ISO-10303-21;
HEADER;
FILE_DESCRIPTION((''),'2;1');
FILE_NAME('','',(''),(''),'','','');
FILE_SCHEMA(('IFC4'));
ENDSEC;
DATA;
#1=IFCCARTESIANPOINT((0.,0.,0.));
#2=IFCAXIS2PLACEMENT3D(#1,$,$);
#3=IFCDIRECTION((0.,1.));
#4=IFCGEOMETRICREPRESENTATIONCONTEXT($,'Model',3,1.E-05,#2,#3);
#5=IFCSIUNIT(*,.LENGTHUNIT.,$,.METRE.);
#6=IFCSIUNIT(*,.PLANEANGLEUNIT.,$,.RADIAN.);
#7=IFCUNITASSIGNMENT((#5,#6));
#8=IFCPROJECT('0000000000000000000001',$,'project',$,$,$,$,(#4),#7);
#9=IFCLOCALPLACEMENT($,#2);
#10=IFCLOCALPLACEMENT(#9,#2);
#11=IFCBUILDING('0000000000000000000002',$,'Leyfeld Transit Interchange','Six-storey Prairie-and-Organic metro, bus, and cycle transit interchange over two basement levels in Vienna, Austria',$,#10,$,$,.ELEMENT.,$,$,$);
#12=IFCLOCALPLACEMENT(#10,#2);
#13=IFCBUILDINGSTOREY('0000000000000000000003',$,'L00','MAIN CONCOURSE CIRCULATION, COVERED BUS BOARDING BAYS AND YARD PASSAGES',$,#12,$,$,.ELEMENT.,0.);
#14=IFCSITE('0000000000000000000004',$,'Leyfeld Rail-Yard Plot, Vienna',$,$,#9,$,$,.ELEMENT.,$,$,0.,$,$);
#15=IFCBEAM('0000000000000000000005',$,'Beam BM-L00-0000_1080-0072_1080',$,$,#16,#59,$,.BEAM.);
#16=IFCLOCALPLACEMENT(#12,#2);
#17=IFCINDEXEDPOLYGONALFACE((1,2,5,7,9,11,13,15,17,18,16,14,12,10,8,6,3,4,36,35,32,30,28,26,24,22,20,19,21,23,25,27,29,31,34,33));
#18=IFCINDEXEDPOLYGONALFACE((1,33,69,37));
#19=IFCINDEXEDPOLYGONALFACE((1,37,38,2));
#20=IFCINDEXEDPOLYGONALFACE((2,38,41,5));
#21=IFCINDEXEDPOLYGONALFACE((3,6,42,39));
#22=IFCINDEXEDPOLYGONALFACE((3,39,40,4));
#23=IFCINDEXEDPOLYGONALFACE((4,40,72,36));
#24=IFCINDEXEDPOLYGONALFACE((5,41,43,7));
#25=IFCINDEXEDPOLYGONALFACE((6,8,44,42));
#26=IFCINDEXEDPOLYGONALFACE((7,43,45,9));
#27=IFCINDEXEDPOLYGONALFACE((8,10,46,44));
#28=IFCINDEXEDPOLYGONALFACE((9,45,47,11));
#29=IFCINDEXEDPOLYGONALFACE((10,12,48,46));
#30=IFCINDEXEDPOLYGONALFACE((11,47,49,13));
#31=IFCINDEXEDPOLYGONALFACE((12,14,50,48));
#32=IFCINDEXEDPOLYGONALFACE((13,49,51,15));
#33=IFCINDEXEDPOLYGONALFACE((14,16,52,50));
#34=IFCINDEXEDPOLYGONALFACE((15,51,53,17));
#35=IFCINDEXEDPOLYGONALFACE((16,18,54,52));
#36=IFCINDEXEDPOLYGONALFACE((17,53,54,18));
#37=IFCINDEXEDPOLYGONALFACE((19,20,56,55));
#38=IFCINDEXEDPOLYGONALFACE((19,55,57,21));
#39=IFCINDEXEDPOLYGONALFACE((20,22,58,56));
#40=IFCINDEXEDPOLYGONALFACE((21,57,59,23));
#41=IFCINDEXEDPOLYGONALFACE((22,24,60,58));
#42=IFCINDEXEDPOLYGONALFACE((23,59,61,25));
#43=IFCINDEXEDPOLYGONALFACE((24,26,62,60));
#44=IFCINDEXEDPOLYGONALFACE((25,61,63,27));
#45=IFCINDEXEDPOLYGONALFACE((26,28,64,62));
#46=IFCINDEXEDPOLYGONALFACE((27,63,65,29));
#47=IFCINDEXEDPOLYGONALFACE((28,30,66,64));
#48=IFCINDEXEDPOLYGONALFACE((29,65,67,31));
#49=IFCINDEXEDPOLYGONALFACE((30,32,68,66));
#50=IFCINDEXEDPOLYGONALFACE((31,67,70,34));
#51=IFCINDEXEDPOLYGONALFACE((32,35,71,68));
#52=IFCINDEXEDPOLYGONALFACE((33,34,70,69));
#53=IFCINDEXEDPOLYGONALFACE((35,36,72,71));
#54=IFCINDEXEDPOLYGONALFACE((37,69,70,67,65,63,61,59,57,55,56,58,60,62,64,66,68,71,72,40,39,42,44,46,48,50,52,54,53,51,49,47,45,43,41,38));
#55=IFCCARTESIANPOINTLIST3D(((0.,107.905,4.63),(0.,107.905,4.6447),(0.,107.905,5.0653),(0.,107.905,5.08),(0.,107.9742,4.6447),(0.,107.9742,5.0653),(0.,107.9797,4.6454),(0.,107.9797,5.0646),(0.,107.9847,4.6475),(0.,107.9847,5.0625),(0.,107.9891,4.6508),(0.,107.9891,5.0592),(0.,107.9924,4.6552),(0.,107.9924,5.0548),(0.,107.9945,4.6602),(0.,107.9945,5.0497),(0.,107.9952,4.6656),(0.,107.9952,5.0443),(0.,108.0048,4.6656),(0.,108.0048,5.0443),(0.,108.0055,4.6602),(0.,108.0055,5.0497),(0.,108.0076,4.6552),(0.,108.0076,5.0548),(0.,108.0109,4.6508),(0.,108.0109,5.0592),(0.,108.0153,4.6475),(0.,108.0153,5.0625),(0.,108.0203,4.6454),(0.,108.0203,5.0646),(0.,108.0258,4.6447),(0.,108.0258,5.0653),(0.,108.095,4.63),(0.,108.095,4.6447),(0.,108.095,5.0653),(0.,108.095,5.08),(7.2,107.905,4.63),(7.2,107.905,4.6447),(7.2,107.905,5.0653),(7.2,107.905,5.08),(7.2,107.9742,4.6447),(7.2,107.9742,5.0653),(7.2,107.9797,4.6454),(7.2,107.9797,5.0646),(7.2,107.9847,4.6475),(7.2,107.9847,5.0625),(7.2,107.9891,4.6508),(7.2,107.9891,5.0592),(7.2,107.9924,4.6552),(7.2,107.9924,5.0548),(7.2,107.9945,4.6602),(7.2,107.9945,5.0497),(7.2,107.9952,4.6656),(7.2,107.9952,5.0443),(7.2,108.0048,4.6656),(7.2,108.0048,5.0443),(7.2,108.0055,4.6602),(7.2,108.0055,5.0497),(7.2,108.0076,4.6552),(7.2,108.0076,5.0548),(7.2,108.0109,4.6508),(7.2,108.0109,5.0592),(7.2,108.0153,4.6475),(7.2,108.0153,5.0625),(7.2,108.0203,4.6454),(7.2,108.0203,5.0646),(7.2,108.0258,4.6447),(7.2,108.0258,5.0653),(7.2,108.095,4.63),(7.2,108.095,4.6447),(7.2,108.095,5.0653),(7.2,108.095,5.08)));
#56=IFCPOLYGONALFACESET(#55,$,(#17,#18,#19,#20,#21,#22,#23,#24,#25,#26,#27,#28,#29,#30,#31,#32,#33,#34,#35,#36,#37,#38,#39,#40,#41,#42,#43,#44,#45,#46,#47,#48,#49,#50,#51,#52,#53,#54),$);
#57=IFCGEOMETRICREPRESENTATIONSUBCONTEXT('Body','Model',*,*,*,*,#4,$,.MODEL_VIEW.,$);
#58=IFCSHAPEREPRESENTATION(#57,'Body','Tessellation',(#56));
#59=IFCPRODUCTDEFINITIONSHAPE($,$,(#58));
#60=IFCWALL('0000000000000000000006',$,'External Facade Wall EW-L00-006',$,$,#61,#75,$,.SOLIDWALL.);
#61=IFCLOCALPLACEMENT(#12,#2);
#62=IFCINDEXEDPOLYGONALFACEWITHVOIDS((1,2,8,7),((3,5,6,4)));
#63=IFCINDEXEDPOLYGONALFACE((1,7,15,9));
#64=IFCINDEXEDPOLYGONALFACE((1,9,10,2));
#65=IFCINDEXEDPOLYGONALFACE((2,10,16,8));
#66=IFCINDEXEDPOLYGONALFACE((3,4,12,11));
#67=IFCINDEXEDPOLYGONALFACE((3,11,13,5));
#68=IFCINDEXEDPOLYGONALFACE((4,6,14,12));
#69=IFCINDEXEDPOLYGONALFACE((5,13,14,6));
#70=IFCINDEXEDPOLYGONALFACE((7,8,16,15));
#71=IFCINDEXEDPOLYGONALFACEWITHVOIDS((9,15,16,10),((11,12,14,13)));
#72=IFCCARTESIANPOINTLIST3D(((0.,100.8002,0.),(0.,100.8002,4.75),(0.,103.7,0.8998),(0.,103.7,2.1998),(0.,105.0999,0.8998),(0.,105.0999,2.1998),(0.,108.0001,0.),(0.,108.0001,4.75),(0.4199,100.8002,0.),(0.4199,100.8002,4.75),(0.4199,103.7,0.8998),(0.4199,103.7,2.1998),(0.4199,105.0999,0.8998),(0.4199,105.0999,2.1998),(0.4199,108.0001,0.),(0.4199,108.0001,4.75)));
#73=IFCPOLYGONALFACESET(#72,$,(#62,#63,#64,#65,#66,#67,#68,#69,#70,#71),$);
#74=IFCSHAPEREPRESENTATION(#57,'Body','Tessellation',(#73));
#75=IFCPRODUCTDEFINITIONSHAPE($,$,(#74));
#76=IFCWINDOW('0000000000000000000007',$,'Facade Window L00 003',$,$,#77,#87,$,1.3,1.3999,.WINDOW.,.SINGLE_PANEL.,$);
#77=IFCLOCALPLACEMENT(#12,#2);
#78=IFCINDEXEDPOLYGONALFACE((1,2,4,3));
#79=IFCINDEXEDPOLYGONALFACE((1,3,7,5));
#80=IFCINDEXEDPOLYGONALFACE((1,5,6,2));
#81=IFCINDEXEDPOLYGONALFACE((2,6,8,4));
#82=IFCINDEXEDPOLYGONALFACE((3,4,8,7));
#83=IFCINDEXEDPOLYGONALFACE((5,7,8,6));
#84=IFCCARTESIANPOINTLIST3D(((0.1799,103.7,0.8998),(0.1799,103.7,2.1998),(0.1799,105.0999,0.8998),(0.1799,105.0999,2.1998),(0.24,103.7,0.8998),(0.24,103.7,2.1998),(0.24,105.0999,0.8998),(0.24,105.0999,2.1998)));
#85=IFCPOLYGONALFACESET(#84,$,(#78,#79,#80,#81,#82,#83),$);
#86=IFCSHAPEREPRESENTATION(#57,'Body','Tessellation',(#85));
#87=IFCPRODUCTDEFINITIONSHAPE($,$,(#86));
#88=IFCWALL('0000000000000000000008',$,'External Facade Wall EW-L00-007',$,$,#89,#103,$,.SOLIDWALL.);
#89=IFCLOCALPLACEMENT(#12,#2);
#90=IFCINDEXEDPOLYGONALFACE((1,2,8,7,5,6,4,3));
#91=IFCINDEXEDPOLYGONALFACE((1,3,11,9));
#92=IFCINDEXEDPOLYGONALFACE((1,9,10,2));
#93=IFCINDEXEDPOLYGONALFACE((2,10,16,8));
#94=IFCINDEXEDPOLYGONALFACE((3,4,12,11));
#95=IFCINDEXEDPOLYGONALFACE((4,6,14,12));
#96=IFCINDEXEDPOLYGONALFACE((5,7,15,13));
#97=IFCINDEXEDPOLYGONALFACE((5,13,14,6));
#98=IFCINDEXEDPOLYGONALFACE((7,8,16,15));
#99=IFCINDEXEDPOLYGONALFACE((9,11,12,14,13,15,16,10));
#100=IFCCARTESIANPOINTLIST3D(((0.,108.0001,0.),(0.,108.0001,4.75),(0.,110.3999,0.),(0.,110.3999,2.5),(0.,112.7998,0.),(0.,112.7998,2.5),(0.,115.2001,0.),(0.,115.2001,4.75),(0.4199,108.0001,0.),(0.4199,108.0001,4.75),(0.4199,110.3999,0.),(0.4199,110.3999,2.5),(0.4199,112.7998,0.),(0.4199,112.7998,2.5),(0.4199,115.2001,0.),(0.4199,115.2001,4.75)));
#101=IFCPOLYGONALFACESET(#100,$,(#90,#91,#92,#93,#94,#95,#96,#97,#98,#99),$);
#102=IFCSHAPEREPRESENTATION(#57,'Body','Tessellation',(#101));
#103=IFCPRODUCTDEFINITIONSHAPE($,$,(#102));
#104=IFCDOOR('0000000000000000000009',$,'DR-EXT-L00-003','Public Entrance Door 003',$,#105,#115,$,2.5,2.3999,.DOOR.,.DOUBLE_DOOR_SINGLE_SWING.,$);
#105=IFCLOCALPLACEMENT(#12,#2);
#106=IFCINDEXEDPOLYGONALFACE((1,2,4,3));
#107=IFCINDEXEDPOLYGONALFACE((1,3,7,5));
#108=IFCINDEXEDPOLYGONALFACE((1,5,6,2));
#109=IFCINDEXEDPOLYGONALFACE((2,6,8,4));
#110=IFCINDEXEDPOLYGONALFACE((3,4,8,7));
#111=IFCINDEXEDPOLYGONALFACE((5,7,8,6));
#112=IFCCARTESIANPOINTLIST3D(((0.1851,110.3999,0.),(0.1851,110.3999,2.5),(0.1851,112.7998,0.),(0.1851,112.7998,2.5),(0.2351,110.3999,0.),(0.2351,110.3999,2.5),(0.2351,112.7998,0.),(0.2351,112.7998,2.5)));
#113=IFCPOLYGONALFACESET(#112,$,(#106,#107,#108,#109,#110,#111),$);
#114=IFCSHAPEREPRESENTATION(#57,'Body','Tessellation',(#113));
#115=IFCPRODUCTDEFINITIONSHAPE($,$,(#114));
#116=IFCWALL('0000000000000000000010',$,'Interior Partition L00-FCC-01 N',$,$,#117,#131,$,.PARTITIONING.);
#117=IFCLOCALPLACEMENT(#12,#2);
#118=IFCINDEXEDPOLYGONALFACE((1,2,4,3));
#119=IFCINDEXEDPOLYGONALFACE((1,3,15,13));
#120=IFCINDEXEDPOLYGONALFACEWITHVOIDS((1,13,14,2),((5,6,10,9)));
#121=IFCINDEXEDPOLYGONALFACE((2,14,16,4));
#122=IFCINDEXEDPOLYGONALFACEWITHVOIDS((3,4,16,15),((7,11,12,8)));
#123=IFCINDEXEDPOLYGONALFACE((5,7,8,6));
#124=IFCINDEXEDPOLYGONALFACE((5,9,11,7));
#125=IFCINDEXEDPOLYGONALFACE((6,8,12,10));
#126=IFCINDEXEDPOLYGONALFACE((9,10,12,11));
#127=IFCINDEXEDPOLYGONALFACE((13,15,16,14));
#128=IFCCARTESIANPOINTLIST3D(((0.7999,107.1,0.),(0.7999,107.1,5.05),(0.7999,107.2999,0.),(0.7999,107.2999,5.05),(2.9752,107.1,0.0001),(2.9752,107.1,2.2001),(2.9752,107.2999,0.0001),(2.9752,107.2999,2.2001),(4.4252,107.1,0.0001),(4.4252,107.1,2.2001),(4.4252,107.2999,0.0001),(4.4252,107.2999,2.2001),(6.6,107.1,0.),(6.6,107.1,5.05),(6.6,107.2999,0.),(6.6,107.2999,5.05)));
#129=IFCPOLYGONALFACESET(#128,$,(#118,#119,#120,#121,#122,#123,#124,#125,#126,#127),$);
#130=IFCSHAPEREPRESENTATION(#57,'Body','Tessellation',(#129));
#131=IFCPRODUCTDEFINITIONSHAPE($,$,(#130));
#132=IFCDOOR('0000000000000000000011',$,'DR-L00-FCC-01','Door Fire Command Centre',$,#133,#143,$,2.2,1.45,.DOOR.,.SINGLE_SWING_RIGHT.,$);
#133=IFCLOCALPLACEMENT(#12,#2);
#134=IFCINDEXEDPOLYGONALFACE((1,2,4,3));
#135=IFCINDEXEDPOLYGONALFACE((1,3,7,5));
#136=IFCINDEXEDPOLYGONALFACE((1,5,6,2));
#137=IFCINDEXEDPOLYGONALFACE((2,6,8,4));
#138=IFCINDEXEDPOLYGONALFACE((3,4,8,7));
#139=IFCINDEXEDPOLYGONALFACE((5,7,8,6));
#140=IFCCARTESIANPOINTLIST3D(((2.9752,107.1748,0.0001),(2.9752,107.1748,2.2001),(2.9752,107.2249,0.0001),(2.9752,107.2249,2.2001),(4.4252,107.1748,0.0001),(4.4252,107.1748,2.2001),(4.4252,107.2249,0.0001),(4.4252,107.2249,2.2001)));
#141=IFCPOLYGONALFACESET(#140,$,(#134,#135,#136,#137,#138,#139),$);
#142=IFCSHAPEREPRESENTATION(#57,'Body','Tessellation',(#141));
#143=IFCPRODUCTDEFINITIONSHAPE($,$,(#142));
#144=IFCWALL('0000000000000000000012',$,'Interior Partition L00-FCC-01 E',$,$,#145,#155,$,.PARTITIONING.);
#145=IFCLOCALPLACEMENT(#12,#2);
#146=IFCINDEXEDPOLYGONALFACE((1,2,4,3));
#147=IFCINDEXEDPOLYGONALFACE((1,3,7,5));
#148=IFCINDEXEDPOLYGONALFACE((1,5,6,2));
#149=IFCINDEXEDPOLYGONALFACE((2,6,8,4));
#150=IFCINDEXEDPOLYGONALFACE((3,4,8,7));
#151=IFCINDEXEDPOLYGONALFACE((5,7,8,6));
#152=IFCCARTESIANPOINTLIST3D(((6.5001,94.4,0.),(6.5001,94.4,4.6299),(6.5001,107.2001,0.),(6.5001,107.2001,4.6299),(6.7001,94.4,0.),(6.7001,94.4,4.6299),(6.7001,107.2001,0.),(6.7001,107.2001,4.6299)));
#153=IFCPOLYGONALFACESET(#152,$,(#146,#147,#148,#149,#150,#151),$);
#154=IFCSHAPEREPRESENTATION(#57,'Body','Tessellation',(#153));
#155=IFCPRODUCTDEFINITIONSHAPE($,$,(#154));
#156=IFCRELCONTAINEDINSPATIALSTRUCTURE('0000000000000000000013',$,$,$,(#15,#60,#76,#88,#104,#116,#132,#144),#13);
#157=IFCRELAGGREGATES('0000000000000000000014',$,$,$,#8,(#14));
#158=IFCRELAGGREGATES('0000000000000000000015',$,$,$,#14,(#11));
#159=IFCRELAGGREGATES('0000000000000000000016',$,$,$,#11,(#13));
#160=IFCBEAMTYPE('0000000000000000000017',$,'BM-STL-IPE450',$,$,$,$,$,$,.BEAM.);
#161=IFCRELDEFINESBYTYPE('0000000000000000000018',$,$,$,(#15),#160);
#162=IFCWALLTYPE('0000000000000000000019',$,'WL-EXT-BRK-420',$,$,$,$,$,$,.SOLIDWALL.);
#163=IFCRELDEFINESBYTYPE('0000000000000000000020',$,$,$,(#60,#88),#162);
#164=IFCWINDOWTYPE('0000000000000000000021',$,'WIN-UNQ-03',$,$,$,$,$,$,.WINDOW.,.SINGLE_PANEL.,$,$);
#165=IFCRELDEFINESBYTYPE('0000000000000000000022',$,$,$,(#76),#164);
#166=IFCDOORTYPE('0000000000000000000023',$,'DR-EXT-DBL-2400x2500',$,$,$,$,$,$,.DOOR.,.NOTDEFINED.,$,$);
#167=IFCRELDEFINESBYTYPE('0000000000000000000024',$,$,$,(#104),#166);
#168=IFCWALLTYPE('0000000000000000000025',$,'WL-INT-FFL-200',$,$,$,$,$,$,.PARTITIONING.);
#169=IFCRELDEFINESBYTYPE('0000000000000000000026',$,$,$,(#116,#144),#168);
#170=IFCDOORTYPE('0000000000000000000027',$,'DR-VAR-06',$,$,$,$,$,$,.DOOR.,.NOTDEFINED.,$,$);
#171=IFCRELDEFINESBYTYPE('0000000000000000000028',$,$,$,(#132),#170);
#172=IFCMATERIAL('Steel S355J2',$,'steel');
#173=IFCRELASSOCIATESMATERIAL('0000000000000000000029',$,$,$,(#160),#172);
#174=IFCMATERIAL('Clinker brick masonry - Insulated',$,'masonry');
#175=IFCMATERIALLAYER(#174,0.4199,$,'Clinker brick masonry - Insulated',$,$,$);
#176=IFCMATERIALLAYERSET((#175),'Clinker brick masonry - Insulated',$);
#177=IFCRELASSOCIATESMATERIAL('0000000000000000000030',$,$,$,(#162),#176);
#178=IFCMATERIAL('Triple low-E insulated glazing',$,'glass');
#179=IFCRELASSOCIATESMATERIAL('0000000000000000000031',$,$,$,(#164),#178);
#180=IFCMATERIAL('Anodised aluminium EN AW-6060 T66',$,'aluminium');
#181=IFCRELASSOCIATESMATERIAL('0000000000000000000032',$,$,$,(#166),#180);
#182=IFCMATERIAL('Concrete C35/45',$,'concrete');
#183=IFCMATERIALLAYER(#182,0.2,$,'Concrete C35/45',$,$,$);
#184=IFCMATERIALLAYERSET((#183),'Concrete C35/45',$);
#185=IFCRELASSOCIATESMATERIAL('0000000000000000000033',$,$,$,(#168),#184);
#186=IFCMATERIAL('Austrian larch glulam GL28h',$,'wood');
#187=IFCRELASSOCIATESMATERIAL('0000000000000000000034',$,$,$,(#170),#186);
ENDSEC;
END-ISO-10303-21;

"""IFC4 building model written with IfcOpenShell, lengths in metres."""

from ifc_helpers import new_model, si_unit, direction, frame, frame_2d, origin, origin_2d, place, context, subcontext, project, spatial, rectangle, i_section, extrude, material, layer, layer_set, material_profile, profile_set, type_object, element, fill, save


model = new_model("IFC4")

# Units and contexts
model_context = context("Model", 3, precision=1e-05, world=origin(), true_north=direction((0.0, 1.0)))
body_context = subcontext(model_context, "Body", "Model", "MODEL_VIEW")
ifc_project = project(units=[si_unit("LENGTHUNIT", "METRE"), si_unit("PLANEANGLEUNIT", "RADIAN")], contexts=[model_context])

# Site, building, storey
site_placement = place(None, origin())
site = spatial("IfcSite", under=ifc_project, at=site_placement, Name="Leyfeld Rail-Yard Plot, Vienna", CompositionType="ELEMENT", RefElevation=0.0)
building_placement = place(site_placement, origin())
building = spatial("IfcBuilding", under=site, at=building_placement, Name="Leyfeld Transit Interchange", Description="Six-storey Prairie-and-Organic metro, bus, and cycle transit interchange over two basement levels in Vienna, Austria", CompositionType="ELEMENT")
storey_placement = place(building_placement, origin())
storey = spatial("IfcBuildingStorey", under=building, at=storey_placement, Name="L00", Description="MAIN CONCOURSE CIRCULATION, COVERED BUS BOARDING BAYS AND YARD PASSAGES", CompositionType="ELEMENT", Elevation=0.0)

# Shared definitions
ifc_material_1 = material(Name="Concrete C35/45", Category="concrete")

# Beam
ifc_material_2 = material(Name="Steel S355J2", Category="steel")
ifc_material_profile_1 = material_profile(ifc_material_2, i_section(OverallWidth=0.1899, OverallDepth=0.45, WebThickness=0.0095, FlangeThickness=0.0146, FilletRadius=0.021, at=origin_2d()), Name="IPE 450")
ifc_profile_set_1 = profile_set([ifc_material_profile_1], Name="Steel S355J2")
beam_type_1 = type_object("IfcBeamType", Name="BM-STL-IPE450", PredefinedType="BEAM", material=ifc_profile_set_1)
for number, where, z_axis, x_axis, name in (
    (1, (0.0, 108.0, 4.855), (1.0, 0.0, 0.0), (0.0, 1.0, 0.0), "Beam BM-L00-0000_1080-0072_1080"),
):
    element("IfcBeam", number, at=place(storey_placement, frame(where, z_axis=z_axis, x_axis=x_axis)), inside=storey, type_object=beam_type_1, Name=name, PredefinedType="BEAM", context=body_context, shape_type="SweptSolid", body=[
        extrude(i_section(OverallWidth=0.1899, OverallDepth=0.45, WebThickness=0.0095, FlangeThickness=0.0146, FilletRadius=0.021, at=origin_2d()), origin(), (0.0, 0.0, 1.0), 7.2),
    ])

# Wall, opening, window
ifc_material_3 = material(Name="Clinker brick masonry - Insulated", Category="masonry")
ifc_layer_1 = layer(ifc_material_3, 0.4199, Name="Clinker brick masonry - Insulated")
ifc_layer_set_1 = layer_set([ifc_layer_1], Name="Clinker brick masonry - Insulated")
wall_type_1 = type_object("IfcWallType", Name="WL-EXT-BRK-420", PredefinedType="SOLIDWALL", material=ifc_layer_set_1)
wall_1_placement = place(storey_placement, frame((0.21, 100.8, 0.0), z_axis=(0.0, 0.0, 1.0), x_axis=(0.0, 1.0, 0.0)))
wall_1 = element("IfcWall", 2, at=wall_1_placement, inside=storey, type_object=wall_type_1, Name="External Facade Wall EW-L00-006", PredefinedType="SOLIDWALL", context=body_context, shape_type="SweptSolid", body=[
    extrude(rectangle(XDim=7.2, YDim=0.4199, at=frame_2d((3.6001, 0.0))), origin(), (0.0, 0.0, 1.0), 4.75),
])
opening_1_placement = place(wall_1_placement, frame((2.8999, 0.0, 0.8999)))
opening_1 = element("IfcOpeningElement", 3, at=opening_1_placement, cuts=wall_1, PredefinedType="OPENING", context=body_context, shape_type="SweptSolid", body=[
    extrude(rectangle(XDim=1.3999, YDim=1.3, at=frame_2d((0.7, 0.6499))), frame((0.0, 0.22, 0.0), z_axis=(0.0, -1.0, 0.0), x_axis=(1.0, 0.0, 0.0)), (0.0, 0.0, 1.0), 0.4399),
])
ifc_material_4 = material(Name="Triple low-E insulated glazing", Category="glass")
window_type = type_object("IfcWindowType", Name="WIN-UNQ-03", PartitioningType="SINGLE_PANEL", PredefinedType="WINDOW", material=ifc_material_4)
window_placement = place(opening_1_placement, origin())
window = element("IfcWindow", 4, at=window_placement, inside=storey, type_object=window_type, Name="Facade Window L00 003", OverallHeight=1.3, OverallWidth=1.3999, PartitioningType="SINGLE_PANEL", PredefinedType="WINDOW", context=body_context, shape_type="SweptSolid", body=[
    extrude(rectangle(XDim=1.3999, YDim=1.3, at=frame_2d((0.7, 0.6499))), frame((0.0, 0.03, 0.0), z_axis=(0.0, -1.0, 0.0), x_axis=(1.0, 0.0, 0.0)), (0.0, 0.0, 1.0), 0.0601),
])
fill(opening_1, window)

# Walls, openings, doors
wall_2_placement = place(storey_placement, frame((0.21, 108.0, 0.0), z_axis=(0.0, 0.0, 1.0), x_axis=(0.0, 1.0, 0.0)))
wall_2 = element("IfcWall", 5, at=wall_2_placement, inside=storey, type_object=wall_type_1, Name="External Facade Wall EW-L00-007", PredefinedType="SOLIDWALL", context=body_context, shape_type="SweptSolid", body=[
    extrude(rectangle(XDim=7.2, YDim=0.4199, at=frame_2d((3.6001, 0.0))), origin(), (0.0, 0.0, 1.0), 4.75),
])
opening_2_placement = place(wall_2_placement, frame((2.3999, 0.0, 0.0)))
opening_2 = element("IfcOpeningElement", 6, at=opening_2_placement, cuts=wall_2, PredefinedType="OPENING", context=body_context, shape_type="SweptSolid", body=[
    extrude(rectangle(XDim=2.3999, YDim=2.5, at=frame_2d((1.2, 1.25))), frame((0.0, 0.22, 0.0), z_axis=(0.0, -1.0, 0.0), x_axis=(1.0, 0.0, 0.0)), (0.0, 0.0, 1.0), 0.4399),
])
ifc_material_5 = material(Name="Anodised aluminium EN AW-6060 T66", Category="aluminium")
door_type_1 = type_object("IfcDoorType", Name="DR-EXT-DBL-2400x2500", OperationType="NOTDEFINED", PredefinedType="DOOR", material=ifc_material_5)
door_1_placement = place(opening_2_placement, origin())
door_1 = element("IfcDoor", 7, at=door_1_placement, inside=storey, type_object=door_type_1, Name="DR-EXT-L00-003", Description="Public Entrance Door 003", OperationType="DOUBLE_DOOR_SINGLE_SWING", OverallHeight=2.5, OverallWidth=2.3999, PredefinedType="DOOR", context=body_context, shape_type="SweptSolid", body=[
    extrude(rectangle(XDim=2.3999, YDim=2.5, at=frame_2d((1.2, 1.25))), frame((0.0, 0.0249, 0.0), z_axis=(0.0, -1.0, 0.0), x_axis=(1.0, 0.0, 0.0)), (0.0, 0.0, 1.0), 0.05),
])
fill(opening_2, door_1)
ifc_layer_2 = layer(ifc_material_1, 0.2, Name="Concrete C35/45")
ifc_layer_set_2 = layer_set([ifc_layer_2], Name="Concrete C35/45")
wall_type_2 = type_object("IfcWallType", Name="WL-INT-FFL-200", PredefinedType="PARTITIONING", material=ifc_layer_set_2)
wall_3_placement = place(storey_placement, frame((0.8, 107.2, 0.0), z_axis=(0.0, 0.0, 1.0), x_axis=(1.0, 0.0, 0.0)))
wall_3 = element("IfcWall", 8, at=wall_3_placement, inside=storey, type_object=wall_type_2, Name="Interior Partition L00-FCC-01 N", PredefinedType="PARTITIONING", context=body_context, shape_type="SweptSolid", body=[
    extrude(rectangle(XDim=5.8, YDim=0.2, at=frame_2d((2.8999, 0.0))), origin(), (0.0, 0.0, 1.0), 5.05),
])
opening_3_placement = place(wall_3_placement, frame((2.175, 0.0, 0.0)))
opening_3 = element("IfcOpeningElement", 9, at=opening_3_placement, cuts=wall_3, PredefinedType="OPENING", context=body_context, shape_type="SweptSolid", body=[
    extrude(rectangle(XDim=1.45, YDim=2.2, at=frame_2d((0.7251, 1.1001))), frame((0.0, 0.1099, 0.0), z_axis=(0.0, -1.0, 0.0), x_axis=(1.0, 0.0, 0.0)), (0.0, 0.0, 1.0), 0.22),
])
ifc_material_6 = material(Name="Austrian larch glulam GL28h", Category="wood")
door_type_2 = type_object("IfcDoorType", Name="DR-VAR-06", OperationType="NOTDEFINED", PredefinedType="DOOR", material=ifc_material_6)
door_2_placement = place(opening_3_placement, origin())
door_2 = element("IfcDoor", 10, at=door_2_placement, inside=storey, type_object=door_type_2, Name="DR-L00-FCC-01", Description="Door Fire Command Centre", OperationType="SINGLE_SWING_RIGHT", OverallHeight=2.2, OverallWidth=1.45, PredefinedType="DOOR", context=body_context, shape_type="SweptSolid", body=[
    extrude(rectangle(XDim=1.45, YDim=2.2, at=frame_2d((0.7251, 1.1001))), frame((0.0, 0.0249, 0.0), z_axis=(0.0, -1.0, 0.0), x_axis=(1.0, 0.0, 0.0)), (0.0, 0.0, 1.0), 0.05),
])
fill(opening_3, door_2)

# Wall
wall_4_placement = place(storey_placement, frame((6.6001, 107.2, 0.0), z_axis=(0.0, 0.0, 1.0), x_axis=(0.0, -1.0, 0.0)))
element("IfcWall", 11, at=wall_4_placement, inside=storey, type_object=wall_type_2, Name="Interior Partition L00-FCC-01 E", PredefinedType="PARTITIONING", context=body_context, shape_type="SweptSolid", body=[
    extrude(rectangle(XDim=12.8, YDim=0.2, at=frame_2d((6.3999, 0.0))), origin(), (0.0, 0.0, 1.0), 4.6299),
])

save(model, "model.ifc")
